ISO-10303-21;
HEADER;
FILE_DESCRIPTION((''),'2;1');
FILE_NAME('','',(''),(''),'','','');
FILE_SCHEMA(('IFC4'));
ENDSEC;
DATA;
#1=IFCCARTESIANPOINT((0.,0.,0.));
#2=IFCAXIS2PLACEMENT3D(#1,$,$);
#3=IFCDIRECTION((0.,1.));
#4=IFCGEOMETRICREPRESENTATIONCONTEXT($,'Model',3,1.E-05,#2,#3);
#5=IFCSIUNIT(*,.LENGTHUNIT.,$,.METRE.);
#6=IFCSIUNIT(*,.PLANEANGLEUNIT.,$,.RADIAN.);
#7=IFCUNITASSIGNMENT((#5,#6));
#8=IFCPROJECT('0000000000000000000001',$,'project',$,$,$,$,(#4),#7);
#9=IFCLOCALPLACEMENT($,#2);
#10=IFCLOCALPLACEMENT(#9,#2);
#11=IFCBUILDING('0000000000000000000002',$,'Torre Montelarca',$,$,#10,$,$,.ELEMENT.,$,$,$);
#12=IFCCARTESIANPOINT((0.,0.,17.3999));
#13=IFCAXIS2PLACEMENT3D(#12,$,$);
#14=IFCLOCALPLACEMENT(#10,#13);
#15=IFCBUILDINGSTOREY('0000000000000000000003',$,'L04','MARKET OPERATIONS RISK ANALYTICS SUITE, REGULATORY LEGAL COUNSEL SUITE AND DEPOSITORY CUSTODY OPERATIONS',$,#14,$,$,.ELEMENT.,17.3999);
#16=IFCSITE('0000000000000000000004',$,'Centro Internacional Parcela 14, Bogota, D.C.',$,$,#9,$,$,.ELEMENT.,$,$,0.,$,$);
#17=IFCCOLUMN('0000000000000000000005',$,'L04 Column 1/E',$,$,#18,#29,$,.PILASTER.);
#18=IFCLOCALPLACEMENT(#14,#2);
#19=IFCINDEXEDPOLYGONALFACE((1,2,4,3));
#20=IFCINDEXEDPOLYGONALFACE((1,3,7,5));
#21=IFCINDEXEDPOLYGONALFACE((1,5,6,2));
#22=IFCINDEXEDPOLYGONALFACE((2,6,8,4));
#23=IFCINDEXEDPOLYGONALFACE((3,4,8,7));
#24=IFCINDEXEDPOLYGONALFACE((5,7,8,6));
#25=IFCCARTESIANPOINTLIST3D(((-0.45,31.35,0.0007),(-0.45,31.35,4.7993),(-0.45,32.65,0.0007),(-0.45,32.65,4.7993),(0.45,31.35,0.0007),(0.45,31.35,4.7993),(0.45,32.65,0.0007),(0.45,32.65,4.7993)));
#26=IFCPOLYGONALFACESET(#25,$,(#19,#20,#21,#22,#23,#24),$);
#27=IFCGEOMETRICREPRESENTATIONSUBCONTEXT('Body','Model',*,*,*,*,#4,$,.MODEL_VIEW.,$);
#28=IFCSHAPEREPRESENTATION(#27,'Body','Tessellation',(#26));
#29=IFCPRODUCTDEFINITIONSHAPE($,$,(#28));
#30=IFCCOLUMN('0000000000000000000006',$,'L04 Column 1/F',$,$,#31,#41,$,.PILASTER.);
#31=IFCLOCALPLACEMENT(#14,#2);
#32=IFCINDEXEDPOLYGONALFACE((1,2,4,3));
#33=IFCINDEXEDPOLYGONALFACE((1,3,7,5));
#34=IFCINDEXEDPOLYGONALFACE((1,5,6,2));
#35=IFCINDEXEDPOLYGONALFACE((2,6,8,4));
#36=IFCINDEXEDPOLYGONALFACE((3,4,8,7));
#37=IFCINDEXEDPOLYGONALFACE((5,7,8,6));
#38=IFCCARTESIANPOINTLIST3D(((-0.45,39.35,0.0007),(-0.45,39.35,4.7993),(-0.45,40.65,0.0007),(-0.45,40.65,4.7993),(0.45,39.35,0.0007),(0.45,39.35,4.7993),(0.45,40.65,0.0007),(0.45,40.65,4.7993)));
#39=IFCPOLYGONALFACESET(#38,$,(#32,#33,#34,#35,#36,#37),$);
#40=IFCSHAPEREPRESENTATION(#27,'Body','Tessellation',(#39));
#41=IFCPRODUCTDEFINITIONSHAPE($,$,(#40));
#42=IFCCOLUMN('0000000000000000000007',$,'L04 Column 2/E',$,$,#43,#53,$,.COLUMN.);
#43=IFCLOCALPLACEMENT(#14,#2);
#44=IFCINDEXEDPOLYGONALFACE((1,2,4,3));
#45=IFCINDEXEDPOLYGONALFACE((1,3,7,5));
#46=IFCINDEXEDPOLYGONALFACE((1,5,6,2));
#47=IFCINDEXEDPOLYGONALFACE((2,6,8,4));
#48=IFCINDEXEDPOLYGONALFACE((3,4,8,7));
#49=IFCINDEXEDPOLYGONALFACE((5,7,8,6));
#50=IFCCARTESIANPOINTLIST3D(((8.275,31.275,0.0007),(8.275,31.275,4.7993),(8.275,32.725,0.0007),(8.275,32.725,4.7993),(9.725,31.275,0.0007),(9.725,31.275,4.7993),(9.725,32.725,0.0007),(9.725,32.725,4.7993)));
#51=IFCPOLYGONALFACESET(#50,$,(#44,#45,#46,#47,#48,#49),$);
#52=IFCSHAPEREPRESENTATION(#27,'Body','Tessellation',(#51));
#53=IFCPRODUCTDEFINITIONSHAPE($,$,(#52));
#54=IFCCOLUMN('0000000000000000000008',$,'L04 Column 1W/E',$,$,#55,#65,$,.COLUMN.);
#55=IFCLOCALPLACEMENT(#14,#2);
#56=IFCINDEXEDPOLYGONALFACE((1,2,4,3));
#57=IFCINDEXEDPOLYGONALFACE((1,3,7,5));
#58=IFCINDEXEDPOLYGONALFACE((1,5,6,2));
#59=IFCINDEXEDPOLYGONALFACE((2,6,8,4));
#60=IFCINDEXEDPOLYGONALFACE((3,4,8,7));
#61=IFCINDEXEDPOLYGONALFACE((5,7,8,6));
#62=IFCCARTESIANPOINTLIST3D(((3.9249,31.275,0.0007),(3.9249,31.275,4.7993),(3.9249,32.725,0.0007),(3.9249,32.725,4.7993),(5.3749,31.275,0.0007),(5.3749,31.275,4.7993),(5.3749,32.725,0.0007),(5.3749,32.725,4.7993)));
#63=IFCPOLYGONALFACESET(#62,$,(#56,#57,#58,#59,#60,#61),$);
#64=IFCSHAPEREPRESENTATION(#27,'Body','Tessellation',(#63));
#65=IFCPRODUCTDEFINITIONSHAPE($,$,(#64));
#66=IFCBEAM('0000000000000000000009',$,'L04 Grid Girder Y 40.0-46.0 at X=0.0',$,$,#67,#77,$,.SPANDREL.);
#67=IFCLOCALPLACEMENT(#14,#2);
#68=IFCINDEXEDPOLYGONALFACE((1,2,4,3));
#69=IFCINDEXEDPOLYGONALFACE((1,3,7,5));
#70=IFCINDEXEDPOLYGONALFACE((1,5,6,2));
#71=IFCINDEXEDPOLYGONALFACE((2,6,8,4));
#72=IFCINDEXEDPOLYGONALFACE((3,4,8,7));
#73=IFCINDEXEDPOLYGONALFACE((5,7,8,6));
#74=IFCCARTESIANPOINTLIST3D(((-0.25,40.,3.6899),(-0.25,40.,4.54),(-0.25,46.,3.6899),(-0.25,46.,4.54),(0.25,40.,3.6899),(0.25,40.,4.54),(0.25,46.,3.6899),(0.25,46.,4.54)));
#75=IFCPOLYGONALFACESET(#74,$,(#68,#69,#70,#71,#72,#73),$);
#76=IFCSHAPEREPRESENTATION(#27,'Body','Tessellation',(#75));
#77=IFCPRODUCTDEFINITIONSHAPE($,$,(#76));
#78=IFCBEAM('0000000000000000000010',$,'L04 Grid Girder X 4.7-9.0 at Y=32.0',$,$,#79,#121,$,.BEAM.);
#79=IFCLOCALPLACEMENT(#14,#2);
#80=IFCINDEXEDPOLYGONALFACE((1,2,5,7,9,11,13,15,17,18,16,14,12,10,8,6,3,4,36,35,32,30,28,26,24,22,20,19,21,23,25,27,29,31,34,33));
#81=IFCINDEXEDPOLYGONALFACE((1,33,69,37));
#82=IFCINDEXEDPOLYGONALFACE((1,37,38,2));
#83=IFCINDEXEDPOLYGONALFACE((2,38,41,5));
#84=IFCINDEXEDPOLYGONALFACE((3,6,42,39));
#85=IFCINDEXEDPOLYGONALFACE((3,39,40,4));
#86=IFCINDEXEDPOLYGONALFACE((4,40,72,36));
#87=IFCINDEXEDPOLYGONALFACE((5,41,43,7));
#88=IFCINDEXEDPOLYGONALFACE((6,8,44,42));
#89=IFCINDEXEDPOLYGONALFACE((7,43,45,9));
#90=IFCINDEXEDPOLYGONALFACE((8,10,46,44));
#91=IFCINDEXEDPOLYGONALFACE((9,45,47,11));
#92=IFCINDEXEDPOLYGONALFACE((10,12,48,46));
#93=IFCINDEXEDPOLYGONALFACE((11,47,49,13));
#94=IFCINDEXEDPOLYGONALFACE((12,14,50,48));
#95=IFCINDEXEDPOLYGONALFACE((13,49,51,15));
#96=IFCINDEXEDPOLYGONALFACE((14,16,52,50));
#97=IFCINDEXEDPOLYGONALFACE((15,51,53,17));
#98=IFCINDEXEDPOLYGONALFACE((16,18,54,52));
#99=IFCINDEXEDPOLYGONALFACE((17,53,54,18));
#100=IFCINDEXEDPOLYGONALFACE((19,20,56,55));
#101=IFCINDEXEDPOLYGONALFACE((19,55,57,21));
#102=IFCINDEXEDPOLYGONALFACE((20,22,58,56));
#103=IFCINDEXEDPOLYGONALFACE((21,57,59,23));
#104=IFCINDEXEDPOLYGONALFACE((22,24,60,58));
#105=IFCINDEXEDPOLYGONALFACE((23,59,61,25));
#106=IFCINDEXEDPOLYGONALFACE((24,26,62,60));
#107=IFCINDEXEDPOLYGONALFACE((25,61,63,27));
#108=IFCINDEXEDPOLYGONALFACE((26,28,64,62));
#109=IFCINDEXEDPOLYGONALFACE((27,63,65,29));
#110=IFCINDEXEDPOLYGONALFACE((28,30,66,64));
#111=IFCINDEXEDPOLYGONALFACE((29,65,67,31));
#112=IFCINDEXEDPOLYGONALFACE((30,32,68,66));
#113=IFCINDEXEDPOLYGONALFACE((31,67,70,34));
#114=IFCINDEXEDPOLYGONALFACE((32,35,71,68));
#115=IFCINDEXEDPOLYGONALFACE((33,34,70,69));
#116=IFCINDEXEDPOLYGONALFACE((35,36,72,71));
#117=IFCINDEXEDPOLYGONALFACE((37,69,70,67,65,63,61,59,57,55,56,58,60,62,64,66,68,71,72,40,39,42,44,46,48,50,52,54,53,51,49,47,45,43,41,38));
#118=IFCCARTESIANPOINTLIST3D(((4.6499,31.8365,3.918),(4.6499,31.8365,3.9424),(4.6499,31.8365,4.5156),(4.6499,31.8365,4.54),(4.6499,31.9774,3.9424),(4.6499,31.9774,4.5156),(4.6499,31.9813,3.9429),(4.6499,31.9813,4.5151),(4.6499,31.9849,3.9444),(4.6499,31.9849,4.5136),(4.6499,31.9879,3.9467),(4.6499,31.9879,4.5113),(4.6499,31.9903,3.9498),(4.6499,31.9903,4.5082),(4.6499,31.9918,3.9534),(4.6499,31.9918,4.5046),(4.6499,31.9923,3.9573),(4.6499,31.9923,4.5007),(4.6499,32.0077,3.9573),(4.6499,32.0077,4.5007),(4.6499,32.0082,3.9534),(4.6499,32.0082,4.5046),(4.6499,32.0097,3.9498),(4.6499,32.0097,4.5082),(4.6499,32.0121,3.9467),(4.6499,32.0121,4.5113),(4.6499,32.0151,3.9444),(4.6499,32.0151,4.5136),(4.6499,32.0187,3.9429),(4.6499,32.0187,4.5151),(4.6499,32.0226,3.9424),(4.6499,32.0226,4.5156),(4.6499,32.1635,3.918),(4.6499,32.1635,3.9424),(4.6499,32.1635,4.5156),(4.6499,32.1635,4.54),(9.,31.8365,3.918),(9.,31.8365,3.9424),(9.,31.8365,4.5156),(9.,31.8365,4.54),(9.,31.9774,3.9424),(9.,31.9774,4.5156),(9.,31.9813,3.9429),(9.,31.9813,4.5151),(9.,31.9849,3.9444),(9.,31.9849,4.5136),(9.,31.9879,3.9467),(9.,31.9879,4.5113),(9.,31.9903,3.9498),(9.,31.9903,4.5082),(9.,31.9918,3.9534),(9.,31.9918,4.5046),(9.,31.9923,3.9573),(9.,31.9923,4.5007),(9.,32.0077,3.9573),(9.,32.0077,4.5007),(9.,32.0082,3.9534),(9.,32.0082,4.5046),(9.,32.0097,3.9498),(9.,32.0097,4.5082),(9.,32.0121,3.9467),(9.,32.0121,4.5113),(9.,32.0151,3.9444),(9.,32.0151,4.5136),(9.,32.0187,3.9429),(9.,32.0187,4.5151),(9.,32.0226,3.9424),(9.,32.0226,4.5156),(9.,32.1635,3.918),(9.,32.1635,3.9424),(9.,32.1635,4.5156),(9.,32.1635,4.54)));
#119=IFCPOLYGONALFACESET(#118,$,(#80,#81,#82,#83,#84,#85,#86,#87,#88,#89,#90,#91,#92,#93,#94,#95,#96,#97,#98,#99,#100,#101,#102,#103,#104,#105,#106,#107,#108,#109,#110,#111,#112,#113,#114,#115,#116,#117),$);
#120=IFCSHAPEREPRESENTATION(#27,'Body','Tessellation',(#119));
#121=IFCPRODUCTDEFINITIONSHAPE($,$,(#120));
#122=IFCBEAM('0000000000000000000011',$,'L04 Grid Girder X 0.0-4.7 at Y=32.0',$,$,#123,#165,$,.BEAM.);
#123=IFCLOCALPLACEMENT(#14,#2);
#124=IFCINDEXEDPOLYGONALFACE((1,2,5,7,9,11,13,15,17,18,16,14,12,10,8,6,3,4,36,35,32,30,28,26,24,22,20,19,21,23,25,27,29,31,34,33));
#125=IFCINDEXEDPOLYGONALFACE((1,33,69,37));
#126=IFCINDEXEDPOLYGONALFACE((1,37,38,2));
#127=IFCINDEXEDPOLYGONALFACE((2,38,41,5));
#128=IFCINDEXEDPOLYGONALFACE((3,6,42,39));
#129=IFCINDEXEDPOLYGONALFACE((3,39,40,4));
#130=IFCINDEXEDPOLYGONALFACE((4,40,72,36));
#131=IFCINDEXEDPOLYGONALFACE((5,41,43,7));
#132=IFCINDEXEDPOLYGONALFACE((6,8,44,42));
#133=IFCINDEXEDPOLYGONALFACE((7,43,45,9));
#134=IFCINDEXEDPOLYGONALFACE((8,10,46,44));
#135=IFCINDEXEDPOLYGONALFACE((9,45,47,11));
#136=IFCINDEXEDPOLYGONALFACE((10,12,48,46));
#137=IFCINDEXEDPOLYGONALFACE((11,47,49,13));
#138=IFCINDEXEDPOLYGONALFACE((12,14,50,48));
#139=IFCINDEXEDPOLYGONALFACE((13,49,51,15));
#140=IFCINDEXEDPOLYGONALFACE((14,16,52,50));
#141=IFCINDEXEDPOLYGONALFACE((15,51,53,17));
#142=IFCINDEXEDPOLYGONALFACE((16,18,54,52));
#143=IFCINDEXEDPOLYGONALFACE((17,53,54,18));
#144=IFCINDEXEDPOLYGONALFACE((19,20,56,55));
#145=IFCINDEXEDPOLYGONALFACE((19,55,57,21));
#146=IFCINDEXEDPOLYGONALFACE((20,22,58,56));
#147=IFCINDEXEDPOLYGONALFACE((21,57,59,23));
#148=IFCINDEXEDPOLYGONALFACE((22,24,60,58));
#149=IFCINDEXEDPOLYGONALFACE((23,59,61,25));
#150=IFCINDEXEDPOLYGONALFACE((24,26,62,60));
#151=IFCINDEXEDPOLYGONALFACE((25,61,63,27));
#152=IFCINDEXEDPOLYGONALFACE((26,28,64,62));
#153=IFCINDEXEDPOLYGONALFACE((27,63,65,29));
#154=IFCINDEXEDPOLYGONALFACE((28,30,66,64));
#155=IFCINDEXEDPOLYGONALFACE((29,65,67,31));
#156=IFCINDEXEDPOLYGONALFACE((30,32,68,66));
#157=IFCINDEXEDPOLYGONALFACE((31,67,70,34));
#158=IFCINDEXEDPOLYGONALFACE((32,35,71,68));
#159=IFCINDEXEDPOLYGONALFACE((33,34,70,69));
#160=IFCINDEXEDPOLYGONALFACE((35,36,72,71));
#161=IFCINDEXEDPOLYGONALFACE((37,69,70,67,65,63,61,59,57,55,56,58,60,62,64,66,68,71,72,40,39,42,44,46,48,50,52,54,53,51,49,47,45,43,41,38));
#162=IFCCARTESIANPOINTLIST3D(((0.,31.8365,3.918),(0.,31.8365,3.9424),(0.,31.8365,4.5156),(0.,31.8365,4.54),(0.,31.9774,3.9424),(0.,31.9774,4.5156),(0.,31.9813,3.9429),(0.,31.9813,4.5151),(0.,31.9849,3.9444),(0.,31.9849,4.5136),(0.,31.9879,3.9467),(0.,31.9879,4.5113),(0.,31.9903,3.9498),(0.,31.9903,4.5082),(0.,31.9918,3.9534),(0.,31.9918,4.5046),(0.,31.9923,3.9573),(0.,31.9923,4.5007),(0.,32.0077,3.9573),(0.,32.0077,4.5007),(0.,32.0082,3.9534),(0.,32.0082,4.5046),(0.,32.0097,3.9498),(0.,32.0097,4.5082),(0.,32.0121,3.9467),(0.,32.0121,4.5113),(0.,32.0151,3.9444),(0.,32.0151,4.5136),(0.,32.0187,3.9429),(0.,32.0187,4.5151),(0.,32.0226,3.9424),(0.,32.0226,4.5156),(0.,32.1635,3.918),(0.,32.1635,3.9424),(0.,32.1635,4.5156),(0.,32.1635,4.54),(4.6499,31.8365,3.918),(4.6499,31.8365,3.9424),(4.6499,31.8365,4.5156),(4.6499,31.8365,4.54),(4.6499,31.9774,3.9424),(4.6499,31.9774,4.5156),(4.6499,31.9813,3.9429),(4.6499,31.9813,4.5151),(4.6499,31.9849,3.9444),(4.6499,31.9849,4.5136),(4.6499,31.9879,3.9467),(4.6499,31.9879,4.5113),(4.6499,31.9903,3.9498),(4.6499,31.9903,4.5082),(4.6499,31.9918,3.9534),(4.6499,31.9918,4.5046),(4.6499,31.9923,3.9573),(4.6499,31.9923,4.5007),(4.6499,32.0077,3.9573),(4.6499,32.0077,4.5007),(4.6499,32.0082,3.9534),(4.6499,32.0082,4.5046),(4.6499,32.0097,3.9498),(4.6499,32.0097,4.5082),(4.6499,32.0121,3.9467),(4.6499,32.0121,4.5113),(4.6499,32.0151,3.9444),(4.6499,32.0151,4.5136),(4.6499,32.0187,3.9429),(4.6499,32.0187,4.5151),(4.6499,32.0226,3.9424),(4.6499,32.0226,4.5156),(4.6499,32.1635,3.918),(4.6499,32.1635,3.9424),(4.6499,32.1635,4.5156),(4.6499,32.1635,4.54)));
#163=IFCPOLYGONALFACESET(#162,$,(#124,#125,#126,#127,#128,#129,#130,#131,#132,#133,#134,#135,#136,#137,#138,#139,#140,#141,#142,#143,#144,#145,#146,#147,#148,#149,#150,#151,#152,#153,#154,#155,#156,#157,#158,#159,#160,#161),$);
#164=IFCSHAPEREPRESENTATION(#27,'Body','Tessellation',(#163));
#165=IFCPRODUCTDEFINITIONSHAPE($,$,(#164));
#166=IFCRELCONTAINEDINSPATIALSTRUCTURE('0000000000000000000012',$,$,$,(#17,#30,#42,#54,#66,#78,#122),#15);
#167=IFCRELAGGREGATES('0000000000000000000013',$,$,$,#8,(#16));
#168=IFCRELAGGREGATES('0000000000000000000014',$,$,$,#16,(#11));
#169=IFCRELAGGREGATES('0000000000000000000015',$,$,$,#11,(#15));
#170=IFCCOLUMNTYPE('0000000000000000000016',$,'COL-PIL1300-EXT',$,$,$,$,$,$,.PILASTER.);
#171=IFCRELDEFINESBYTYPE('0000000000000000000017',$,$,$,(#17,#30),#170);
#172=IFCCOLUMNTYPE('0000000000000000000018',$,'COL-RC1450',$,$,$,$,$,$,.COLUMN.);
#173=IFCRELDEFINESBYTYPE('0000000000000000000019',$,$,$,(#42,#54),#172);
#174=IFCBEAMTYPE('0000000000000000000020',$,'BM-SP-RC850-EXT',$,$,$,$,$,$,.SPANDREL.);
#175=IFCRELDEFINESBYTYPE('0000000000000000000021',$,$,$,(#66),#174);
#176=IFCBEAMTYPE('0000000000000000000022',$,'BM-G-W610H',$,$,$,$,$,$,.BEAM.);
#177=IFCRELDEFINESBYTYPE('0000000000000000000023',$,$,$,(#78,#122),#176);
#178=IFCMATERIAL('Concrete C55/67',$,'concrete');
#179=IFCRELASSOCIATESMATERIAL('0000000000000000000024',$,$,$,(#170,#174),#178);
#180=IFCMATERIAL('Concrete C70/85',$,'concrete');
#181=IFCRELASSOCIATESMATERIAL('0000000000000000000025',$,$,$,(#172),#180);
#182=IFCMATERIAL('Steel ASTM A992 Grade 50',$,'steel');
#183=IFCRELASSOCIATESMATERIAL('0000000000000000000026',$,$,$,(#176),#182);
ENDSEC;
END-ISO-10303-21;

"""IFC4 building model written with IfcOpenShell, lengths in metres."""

from ifc_helpers import new_model, si_unit, direction, frame, origin, origin_2d, place, context, subcontext, project, spatial, rectangle, i_section, extrude, source, transform, mapped, material, material_profile, profile_set, type_object, element, save


model = new_model("IFC4")

# Units and contexts
model_context = context("Model", 3, precision=1e-05, world=origin(), true_north=direction((0.0, 1.0)))
body_context = subcontext(model_context, "Body", "Model", "MODEL_VIEW")
ifc_project = project(units=[si_unit("LENGTHUNIT", "METRE"), si_unit("PLANEANGLEUNIT", "RADIAN")], contexts=[model_context])

# Site, building, storey
site_placement = place(None, origin())
site = spatial("IfcSite", under=ifc_project, at=site_placement, Name="Centro Internacional Parcela 14, Bogota, D.C.", CompositionType="ELEMENT", RefElevation=0.0)
building_placement = place(site_placement, origin())
building = spatial("IfcBuilding", under=site, at=building_placement, Name="Torre Montelarca", CompositionType="ELEMENT")
storey_placement = place(building_placement, frame((0.0, 0.0, 17.3999)))
storey = spatial("IfcBuildingStorey", under=building, at=storey_placement, Name="L04", Description="MARKET OPERATIONS RISK ANALYTICS SUITE, REGULATORY LEGAL COUNSEL SUITE AND DEPOSITORY CUSTODY OPERATIONS", CompositionType="ELEMENT", Elevation=17.3999)

# Columns
ifc_material_1 = material(Name="Concrete C55/67", Category="concrete")
ifc_material_profile_1 = material_profile(ifc_material_1, rectangle(XDim=0.8999, YDim=1.3, at=origin_2d()), Name="RC1300X900", Category="concrete")
ifc_profile_set_1 = profile_set([ifc_material_profile_1], Name="Concrete C55/67")
column_type_1 = type_object("IfcColumnType", Name="COL-PIL1300-EXT", PredefinedType="PILASTER", material=ifc_profile_set_1)
shared_shape_1 = source(origin(), body_context, "Body", "SweptSolid", [
    extrude(rectangle(XDim=0.8999, YDim=1.3, at=origin_2d()), origin(), (0.0, 0.0, 1.0), 4.7986),
])
for number, where, z_axis, x_axis, name in (
    (1, (0.0, 32.0, 0.0007), (0.0, 0.0, 1.0), (1.0, 0.0, 0.0), "L04 Column 1/E"),
    (2, (0.0, 40.0, 0.0007), (0.0, 0.0, 1.0), (1.0, 0.0, 0.0), "L04 Column 1/F"),
):
    element("IfcColumn", number, at=place(storey_placement, frame(where, z_axis=z_axis, x_axis=x_axis)), inside=storey, type_object=column_type_1, Name=name, PredefinedType="PILASTER", context=body_context, shape_type="MappedRepresentation", body=[
        mapped(shared_shape_1, transform((0.0, 0.0, 0.0), scale=1.0)),
    ])
ifc_material_2 = material(Name="Concrete C70/85", Category="concrete")
ifc_material_profile_2 = material_profile(ifc_material_2, rectangle(XDim=1.45, YDim=1.45, at=origin_2d()), Name="RC1450X1450", Category="concrete")
ifc_profile_set_2 = profile_set([ifc_material_profile_2], Name="Concrete C70/85")
column_type_2 = type_object("IfcColumnType", Name="COL-RC1450", PredefinedType="COLUMN", material=ifc_profile_set_2)
shared_shape_2 = source(origin(), body_context, "Body", "SweptSolid", [
    extrude(rectangle(XDim=1.45, YDim=1.45, at=origin_2d()), origin(), (0.0, 0.0, 1.0), 4.7986),
])
for number, where, z_axis, x_axis, name in (
    (3, (9.0, 32.0, 0.0007), (0.0, 0.0, 1.0), (1.0, 0.0, 0.0), "L04 Column 2/E"),
    (4, (4.6499, 32.0, 0.0007), (0.0, 0.0, 1.0), (1.0, 0.0, 0.0), "L04 Column 1W/E"),
):
    element("IfcColumn", number, at=place(storey_placement, frame(where, z_axis=z_axis, x_axis=x_axis)), inside=storey, type_object=column_type_2, Name=name, PredefinedType="COLUMN", context=body_context, shape_type="MappedRepresentation", body=[
        mapped(shared_shape_2, transform((0.0, 0.0, 0.0), scale=1.0)),
    ])

# Beams
ifc_material_profile_3 = material_profile(ifc_material_1, rectangle(XDim=0.5, YDim=0.8501, at=origin_2d()), Name="RCB500X850", Category="concrete")
ifc_profile_set_3 = profile_set([ifc_material_profile_3], Name="Concrete C55/67")
beam_type_1 = type_object("IfcBeamType", Name="BM-SP-RC850-EXT", PredefinedType="SPANDREL", material=ifc_profile_set_3)
shared_shape_3 = source(origin(), body_context, "Body", "SweptSolid", [
    extrude(rectangle(XDim=0.5, YDim=0.8501, at=origin_2d()), origin(), (0.0, 0.0, 1.0), 6.0),
])
beam_1_placement = place(storey_placement, frame((0.0, 40.0, 4.115), z_axis=(0.0, 1.0, 0.0), x_axis=(-1.0, 0.0, 0.0)))
element("IfcBeam", 5, at=beam_1_placement, inside=storey, type_object=beam_type_1, Name="L04 Grid Girder Y 40.0-46.0 at X=0.0", PredefinedType="SPANDREL", context=body_context, shape_type="MappedRepresentation", body=[
    mapped(shared_shape_3, transform((0.0, 0.0, 0.0), scale=1.0)),
])
ifc_material_3 = material(Name="Steel ASTM A992 Grade 50", Category="steel")
ifc_material_profile_4 = material_profile(ifc_material_3, i_section(OverallWidth=0.3269, OverallDepth=0.6221, WebThickness=0.0154, FlangeThickness=0.0244, FilletRadius=0.0149, at=origin_2d()), Name="W610X195", Category="steel")
ifc_profile_set_4 = profile_set([ifc_material_profile_4], Name="Steel ASTM A992 Grade 50")
beam_type_2 = type_object("IfcBeamType", Name="BM-G-W610H", PredefinedType="BEAM", material=ifc_profile_set_4)
shared_shape_4 = source(origin(), body_context, "Body", "SweptSolid", [
    extrude(i_section(OverallWidth=0.3269, OverallDepth=0.6221, WebThickness=0.0154, FlangeThickness=0.0244, FilletRadius=0.0149, at=origin_2d()), origin(), (0.0, 0.0, 1.0), 4.3501),
])
beam_2_placement = place(storey_placement, frame((4.6499, 32.0, 4.229), z_axis=(1.0, 0.0, 0.0), x_axis=(0.0, 1.0, 0.0)))
element("IfcBeam", 6, at=beam_2_placement, inside=storey, type_object=beam_type_2, Name="L04 Grid Girder X 4.7-9.0 at Y=32.0", PredefinedType="BEAM", context=body_context, shape_type="MappedRepresentation", body=[
    mapped(shared_shape_4, transform((0.0, 0.0, 0.0), scale=1.0)),
])
shared_shape_5 = source(origin(), body_context, "Body", "SweptSolid", [
    extrude(i_section(OverallWidth=0.3269, OverallDepth=0.6221, WebThickness=0.0154, FlangeThickness=0.0244, FilletRadius=0.0149, at=origin_2d()), origin(), (0.0, 0.0, 1.0), 4.6499),
])
for number, where, z_axis, x_axis, name in (
    (7, (0.0, 32.0, 4.229), (1.0, 0.0, 0.0), (0.0, 1.0, 0.0), "L04 Grid Girder X 0.0-4.7 at Y=32.0"),
):
    element("IfcBeam", number, at=place(storey_placement, frame(where, z_axis=z_axis, x_axis=x_axis)), inside=storey, type_object=beam_type_2, Name=name, PredefinedType="BEAM", context=body_context, shape_type="MappedRepresentation", body=[
        mapped(shared_shape_5, transform((0.0, 0.0, 0.0), scale=1.0)),
    ])

save(model, "model.ifc")
